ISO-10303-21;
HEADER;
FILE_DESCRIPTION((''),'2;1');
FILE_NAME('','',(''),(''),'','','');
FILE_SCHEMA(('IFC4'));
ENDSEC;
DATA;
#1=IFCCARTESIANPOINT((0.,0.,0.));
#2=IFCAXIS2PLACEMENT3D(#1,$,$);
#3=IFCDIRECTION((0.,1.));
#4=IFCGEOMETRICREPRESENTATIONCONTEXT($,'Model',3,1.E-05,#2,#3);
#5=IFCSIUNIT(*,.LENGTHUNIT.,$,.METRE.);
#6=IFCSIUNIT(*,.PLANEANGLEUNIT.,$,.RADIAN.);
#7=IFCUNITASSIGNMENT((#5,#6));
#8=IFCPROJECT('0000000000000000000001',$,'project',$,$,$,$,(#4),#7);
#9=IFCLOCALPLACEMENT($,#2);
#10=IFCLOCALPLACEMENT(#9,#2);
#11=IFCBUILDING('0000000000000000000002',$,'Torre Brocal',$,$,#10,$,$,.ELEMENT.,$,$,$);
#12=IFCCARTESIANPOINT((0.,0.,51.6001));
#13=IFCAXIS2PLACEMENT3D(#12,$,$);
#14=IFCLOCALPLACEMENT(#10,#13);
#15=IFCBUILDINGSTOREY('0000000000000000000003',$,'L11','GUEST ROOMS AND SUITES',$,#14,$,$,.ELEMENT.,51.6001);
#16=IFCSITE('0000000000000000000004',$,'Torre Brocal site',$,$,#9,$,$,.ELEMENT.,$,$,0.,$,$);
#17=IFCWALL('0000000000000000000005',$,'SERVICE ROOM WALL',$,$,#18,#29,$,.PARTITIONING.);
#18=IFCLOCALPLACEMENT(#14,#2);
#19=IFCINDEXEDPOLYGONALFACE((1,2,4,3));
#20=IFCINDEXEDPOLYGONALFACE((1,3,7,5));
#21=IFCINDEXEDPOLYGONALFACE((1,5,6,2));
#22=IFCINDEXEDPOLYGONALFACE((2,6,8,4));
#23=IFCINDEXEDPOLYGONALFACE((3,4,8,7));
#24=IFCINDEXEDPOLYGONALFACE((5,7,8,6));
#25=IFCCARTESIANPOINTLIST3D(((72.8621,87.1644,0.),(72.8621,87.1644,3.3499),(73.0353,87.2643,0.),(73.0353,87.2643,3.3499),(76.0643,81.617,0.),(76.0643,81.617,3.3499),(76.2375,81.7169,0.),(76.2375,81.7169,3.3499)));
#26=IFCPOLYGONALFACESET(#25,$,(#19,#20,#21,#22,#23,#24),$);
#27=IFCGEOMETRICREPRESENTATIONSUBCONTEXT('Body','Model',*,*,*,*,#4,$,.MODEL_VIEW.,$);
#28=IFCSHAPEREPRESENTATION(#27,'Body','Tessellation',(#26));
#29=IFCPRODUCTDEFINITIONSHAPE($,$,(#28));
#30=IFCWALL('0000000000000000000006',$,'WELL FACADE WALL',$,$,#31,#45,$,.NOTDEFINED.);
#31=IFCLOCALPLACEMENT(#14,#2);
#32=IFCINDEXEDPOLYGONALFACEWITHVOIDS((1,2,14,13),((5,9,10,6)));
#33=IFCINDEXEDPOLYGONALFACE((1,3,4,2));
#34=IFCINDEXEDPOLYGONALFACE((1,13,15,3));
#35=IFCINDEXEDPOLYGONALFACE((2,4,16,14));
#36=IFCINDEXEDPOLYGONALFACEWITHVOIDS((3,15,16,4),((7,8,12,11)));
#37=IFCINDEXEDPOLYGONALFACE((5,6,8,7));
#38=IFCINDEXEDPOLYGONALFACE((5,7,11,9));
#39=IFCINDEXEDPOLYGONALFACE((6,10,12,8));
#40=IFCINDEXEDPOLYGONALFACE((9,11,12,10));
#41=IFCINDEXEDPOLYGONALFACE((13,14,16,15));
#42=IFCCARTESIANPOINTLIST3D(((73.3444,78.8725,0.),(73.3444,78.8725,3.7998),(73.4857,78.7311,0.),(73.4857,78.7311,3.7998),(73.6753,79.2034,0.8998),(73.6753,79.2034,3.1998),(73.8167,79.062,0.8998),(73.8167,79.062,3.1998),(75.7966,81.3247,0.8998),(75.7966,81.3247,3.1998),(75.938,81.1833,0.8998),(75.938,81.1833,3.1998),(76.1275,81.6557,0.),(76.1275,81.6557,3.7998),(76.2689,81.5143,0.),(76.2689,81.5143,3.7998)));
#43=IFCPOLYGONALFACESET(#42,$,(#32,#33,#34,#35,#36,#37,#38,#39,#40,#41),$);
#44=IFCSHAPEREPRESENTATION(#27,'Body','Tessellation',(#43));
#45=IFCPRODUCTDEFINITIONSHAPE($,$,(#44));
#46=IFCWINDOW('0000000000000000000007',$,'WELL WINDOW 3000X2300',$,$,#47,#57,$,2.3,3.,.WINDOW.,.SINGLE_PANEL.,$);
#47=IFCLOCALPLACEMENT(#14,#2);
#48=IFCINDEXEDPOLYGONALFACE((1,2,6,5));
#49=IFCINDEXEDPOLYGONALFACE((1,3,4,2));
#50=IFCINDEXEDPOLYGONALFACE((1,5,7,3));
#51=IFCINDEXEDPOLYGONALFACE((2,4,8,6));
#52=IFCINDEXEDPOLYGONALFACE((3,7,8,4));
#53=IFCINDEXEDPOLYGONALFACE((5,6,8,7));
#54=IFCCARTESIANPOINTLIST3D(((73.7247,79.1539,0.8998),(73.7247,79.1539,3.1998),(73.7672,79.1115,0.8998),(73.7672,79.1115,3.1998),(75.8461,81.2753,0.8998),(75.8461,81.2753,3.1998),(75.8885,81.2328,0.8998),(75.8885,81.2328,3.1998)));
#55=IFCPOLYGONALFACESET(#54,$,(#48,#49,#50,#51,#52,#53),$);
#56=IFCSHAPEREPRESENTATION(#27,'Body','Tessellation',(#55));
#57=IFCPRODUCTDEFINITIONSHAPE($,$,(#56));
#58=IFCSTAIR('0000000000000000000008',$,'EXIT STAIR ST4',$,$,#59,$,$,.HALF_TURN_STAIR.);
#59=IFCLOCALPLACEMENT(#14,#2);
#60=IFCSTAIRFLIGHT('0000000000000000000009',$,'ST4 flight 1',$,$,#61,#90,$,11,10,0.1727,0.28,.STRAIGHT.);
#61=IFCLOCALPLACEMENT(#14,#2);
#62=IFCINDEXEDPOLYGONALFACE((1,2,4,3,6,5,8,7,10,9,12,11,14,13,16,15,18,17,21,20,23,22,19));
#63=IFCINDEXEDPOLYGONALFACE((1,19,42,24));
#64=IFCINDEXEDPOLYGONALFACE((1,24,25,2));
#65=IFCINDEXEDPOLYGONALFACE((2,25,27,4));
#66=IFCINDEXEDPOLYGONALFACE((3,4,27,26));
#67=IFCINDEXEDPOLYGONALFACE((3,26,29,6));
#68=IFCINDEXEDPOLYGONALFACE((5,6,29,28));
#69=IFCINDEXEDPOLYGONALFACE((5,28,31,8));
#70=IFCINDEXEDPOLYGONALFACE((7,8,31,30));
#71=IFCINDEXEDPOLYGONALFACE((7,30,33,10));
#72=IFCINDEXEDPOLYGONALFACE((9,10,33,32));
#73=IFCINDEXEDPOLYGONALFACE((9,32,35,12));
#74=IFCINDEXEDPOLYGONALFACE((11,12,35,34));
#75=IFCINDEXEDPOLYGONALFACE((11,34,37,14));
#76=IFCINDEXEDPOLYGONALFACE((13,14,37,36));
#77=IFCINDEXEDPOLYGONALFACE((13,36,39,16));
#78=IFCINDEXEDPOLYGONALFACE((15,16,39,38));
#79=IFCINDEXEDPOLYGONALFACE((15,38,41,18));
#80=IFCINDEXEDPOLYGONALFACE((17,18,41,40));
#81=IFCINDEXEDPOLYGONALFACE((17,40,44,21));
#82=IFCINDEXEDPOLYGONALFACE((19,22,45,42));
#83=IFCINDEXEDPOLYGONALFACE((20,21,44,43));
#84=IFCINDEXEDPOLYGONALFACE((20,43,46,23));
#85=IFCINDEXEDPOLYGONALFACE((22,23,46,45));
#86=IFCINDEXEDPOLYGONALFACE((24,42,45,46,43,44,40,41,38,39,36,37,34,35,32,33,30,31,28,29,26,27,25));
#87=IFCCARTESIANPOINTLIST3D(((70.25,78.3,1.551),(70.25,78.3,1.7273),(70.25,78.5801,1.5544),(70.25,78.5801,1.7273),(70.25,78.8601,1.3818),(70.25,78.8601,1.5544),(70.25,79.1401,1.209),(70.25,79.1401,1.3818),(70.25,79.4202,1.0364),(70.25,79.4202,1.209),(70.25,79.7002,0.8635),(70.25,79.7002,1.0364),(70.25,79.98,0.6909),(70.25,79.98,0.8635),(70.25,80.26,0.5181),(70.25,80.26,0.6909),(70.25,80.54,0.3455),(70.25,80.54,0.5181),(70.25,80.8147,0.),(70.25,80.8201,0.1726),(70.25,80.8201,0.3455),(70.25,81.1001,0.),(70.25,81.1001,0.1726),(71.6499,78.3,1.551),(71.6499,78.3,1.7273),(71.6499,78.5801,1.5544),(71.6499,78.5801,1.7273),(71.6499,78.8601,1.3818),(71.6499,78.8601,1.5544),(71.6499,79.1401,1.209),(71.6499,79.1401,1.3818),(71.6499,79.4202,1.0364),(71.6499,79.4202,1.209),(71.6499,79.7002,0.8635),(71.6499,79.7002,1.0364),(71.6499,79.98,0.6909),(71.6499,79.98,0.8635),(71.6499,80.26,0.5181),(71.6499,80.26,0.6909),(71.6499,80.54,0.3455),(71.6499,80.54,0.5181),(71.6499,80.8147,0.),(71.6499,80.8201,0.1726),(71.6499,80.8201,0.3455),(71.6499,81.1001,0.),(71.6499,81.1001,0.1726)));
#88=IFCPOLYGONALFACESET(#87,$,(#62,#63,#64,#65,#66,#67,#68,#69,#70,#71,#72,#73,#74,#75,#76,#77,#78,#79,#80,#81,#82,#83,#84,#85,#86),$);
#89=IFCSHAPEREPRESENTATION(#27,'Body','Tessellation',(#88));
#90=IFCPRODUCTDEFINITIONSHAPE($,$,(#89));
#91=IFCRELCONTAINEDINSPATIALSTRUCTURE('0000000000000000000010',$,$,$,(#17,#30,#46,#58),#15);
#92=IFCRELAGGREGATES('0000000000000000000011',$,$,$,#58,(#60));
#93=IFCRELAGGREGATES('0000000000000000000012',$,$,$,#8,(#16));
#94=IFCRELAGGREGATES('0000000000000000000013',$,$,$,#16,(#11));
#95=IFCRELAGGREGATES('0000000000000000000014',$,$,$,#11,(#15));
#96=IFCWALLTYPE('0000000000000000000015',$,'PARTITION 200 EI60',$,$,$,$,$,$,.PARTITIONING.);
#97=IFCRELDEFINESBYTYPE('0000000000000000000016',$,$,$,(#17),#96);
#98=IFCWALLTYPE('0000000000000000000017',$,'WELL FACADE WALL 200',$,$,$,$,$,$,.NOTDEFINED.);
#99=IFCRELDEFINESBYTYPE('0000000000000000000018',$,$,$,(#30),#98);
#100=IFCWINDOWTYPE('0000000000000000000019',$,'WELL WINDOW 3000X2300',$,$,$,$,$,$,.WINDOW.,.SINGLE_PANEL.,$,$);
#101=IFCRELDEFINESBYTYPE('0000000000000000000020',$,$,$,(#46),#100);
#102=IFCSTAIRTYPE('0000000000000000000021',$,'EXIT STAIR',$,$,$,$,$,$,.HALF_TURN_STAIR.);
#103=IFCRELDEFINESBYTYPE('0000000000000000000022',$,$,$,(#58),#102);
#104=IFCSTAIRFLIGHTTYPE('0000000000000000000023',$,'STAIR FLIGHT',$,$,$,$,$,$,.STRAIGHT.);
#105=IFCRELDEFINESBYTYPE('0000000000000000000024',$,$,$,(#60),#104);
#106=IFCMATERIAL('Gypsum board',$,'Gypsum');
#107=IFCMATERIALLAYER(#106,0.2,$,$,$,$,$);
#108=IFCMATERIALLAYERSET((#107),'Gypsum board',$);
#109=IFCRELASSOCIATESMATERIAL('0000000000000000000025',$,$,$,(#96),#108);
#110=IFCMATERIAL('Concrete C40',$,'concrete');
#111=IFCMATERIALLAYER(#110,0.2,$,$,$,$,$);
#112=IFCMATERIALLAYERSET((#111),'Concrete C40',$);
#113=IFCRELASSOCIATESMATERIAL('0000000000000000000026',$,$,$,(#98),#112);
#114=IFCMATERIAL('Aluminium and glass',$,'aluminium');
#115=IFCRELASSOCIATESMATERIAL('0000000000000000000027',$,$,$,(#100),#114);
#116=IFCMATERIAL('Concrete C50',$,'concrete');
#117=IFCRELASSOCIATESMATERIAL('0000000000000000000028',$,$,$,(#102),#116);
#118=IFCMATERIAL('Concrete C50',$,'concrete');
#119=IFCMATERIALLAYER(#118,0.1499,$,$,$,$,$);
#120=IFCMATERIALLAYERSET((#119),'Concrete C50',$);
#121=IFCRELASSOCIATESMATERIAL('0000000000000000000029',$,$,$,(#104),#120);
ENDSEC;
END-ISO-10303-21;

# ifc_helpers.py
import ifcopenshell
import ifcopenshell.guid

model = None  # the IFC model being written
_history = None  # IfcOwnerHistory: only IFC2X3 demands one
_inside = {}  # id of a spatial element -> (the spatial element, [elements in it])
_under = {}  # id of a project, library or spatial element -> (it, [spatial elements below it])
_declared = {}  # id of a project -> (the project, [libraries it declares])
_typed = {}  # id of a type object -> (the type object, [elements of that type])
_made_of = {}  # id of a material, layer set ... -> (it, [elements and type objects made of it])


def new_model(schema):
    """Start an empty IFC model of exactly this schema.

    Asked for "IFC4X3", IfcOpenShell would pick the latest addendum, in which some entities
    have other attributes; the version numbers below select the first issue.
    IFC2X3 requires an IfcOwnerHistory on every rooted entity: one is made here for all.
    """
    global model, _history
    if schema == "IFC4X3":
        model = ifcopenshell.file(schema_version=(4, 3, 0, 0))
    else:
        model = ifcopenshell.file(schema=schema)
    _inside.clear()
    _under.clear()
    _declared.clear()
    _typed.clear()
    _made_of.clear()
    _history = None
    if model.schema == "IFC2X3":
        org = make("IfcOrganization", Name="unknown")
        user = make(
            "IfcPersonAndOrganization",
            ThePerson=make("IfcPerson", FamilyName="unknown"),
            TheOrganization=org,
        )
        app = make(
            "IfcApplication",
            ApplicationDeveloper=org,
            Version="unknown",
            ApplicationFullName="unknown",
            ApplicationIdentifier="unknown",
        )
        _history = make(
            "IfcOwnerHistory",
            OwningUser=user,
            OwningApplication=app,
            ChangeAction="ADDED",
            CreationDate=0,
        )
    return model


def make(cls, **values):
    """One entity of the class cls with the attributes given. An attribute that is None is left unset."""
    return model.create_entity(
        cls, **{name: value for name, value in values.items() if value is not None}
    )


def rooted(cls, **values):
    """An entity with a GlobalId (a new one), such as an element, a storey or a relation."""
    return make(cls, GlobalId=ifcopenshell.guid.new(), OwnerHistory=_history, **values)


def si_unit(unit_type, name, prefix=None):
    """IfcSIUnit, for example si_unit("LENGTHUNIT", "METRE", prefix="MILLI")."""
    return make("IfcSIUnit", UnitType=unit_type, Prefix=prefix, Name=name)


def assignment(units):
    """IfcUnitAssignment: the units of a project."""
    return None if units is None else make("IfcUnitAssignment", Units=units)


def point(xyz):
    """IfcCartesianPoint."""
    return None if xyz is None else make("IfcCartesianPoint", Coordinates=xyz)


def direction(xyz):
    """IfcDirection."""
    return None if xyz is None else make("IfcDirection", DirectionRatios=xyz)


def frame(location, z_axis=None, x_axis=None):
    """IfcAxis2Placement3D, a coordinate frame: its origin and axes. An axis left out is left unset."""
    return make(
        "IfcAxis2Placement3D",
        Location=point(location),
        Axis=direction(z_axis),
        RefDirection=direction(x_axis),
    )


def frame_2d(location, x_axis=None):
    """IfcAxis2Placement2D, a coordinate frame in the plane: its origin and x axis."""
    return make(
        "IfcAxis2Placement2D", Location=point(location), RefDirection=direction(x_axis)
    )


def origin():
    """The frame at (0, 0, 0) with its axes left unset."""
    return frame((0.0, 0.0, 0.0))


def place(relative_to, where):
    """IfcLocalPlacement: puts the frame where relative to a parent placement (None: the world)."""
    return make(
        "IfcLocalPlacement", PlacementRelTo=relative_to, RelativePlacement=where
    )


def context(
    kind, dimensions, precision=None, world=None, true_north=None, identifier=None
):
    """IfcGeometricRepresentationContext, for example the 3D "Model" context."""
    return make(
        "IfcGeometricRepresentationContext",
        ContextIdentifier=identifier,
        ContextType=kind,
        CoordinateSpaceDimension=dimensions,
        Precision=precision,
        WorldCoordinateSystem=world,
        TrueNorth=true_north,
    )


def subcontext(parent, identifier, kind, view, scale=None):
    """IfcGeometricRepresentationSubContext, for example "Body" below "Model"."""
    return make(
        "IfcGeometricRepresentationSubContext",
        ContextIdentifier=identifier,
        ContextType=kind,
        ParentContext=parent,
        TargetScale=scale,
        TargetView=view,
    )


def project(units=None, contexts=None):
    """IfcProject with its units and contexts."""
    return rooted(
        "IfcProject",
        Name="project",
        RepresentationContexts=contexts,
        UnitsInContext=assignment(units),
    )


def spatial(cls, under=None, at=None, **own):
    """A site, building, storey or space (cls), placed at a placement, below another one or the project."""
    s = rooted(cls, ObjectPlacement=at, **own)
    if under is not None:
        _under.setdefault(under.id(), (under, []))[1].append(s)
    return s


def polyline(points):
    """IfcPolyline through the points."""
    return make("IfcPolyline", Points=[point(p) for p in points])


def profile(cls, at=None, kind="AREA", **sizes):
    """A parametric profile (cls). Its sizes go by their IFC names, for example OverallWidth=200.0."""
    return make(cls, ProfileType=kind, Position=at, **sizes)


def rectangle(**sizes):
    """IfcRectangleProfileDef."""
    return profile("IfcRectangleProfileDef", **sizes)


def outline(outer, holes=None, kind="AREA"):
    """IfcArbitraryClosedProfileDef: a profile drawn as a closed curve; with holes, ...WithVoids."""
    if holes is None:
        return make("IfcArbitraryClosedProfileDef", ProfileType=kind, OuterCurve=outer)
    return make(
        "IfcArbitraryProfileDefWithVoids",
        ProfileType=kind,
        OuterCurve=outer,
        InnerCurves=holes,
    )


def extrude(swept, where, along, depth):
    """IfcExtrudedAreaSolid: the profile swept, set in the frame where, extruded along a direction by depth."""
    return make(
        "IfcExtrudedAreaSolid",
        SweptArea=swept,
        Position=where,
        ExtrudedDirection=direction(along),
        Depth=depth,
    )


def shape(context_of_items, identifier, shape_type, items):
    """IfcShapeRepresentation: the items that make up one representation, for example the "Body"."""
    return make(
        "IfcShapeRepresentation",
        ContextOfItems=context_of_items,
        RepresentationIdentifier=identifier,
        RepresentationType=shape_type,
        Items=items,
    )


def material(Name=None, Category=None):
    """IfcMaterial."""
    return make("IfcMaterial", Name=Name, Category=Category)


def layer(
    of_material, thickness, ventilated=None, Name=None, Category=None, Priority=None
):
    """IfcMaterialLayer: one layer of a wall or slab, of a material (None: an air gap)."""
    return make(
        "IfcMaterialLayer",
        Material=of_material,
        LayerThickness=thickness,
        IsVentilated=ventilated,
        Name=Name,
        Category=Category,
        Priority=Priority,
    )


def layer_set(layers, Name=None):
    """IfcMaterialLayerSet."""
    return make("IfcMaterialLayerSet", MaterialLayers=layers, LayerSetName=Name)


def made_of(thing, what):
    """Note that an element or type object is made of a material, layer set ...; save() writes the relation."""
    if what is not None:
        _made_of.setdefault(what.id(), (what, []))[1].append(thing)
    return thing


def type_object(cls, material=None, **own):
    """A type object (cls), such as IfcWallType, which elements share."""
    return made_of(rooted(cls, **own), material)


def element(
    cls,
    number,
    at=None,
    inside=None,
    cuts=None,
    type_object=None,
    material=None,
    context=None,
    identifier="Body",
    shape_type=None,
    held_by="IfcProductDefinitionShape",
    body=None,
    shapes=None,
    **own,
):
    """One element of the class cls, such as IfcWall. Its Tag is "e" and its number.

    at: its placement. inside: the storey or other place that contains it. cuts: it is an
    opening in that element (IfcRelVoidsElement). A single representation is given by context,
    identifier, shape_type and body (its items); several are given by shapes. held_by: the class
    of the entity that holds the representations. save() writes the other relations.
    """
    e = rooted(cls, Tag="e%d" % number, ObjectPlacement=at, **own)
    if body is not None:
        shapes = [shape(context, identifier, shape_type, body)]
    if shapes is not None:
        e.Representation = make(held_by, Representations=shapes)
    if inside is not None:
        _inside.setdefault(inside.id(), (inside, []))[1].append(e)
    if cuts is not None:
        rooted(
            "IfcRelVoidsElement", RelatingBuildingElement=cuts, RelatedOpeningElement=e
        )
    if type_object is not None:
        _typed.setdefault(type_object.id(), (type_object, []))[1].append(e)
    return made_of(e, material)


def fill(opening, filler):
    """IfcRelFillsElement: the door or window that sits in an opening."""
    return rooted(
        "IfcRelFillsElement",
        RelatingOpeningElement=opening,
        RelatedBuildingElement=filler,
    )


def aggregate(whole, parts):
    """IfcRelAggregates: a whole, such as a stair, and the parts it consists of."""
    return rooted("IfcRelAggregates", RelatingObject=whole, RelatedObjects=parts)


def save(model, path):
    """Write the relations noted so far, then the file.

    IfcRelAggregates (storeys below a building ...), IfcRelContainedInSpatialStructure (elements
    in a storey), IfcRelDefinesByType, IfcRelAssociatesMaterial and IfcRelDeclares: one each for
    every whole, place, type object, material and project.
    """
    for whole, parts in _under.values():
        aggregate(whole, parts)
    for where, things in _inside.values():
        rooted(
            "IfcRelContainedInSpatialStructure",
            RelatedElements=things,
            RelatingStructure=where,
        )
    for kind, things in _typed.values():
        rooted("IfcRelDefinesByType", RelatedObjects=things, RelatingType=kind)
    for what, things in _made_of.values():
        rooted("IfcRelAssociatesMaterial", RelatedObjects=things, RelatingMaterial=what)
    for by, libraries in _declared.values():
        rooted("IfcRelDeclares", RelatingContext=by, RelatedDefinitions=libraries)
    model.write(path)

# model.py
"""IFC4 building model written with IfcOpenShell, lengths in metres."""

from ifc_helpers import new_model, si_unit, direction, frame, frame_2d, origin, place, context, subcontext, project, spatial, polyline, rectangle, outline, extrude, material, layer, layer_set, type_object, element, fill, aggregate, save


model = new_model("IFC4")

# Units and contexts
model_context = context("Model", 3, precision=1e-05, world=origin(), true_north=direction((0.0, 1.0)))
body_context = subcontext(model_context, "Body", "Model", "MODEL_VIEW")
ifc_project = project(units=[si_unit("LENGTHUNIT", "METRE"), si_unit("PLANEANGLEUNIT", "RADIAN")], contexts=[model_context])

# Site, building, storey
site_placement = place(None, origin())
site = spatial("IfcSite", under=ifc_project, at=site_placement, Name="Torre Brocal site", CompositionType="ELEMENT", RefElevation=0.0)
building_placement = place(site_placement, origin())
building = spatial("IfcBuilding", under=site, at=building_placement, Name="Torre Brocal", CompositionType="ELEMENT")
storey_placement = place(building_placement, frame((0.0, 0.0, 51.6001)))
storey = spatial("IfcBuildingStorey", under=building, at=storey_placement, Name="L11", Description="GUEST ROOMS AND SUITES", CompositionType="ELEMENT", Elevation=51.6001)

# Shared definitions
ifc_material_1 = material(Name="Gypsum board", Category="Gypsum")
ifc_layer_1 = layer(ifc_material_1, 0.2)
ifc_layer_set_1 = layer_set([ifc_layer_1], Name="Gypsum board")
wall_type_1 = type_object("IfcWallType", Name="PARTITION 200 EI60", PredefinedType="PARTITIONING", material=ifc_layer_set_1)

# Wall
wall_1_placement = place(storey_placement, frame((72.9487, 87.2144, 0.0), z_axis=(0.0, 0.0, 1.0), x_axis=(0.499927, -0.866068, 0.0)))
element("IfcWall", 1, at=wall_1_placement, inside=storey, type_object=wall_type_1, Name="SERVICE ROOM WALL", PredefinedType="PARTITIONING", context=body_context, shape_type="SweptSolid", body=[
    extrude(rectangle(XDim=6.4053, YDim=0.2, at=frame_2d((3.2026, 0.0))), origin(), (0.0, 0.0, 1.0), 3.3499),
])

# Wall, opening, window
ifc_material_2 = material(Name="Concrete C40", Category="concrete")
ifc_layer_2 = layer(ifc_material_2, 0.2)
ifc_layer_set_2 = layer_set([ifc_layer_2], Name="Concrete C40")
wall_type_2 = type_object("IfcWallType", Name="WELL FACADE WALL 200", PredefinedType="NOTDEFINED", material=ifc_layer_set_2)
wall_2_placement = place(storey_placement, frame((76.1982, 81.585, 0.0), z_axis=(0.0, 0.0, 1.0), x_axis=(-0.707107, -0.707107, 0.0)))
wall_2 = element("IfcWall", 2, at=wall_2_placement, inside=storey, type_object=wall_type_2, Name="WELL FACADE WALL", PredefinedType="NOTDEFINED", context=body_context, shape_type="SweptSolid", body=[
    extrude(rectangle(XDim=3.936, YDim=0.2, at=frame_2d((1.968, 0.0))), origin(), (0.0, 0.0, 1.0), 3.7998),
])
opening_1_placement = place(wall_2_placement, frame((0.468, 0.0, 0.8999)))
opening_1 = element("IfcOpeningElement", 3, at=opening_1_placement, cuts=wall_2, PredefinedType="OPENING", context=body_context, shape_type="SweptSolid", body=[
    extrude(rectangle(XDim=3.0, YDim=2.3, at=frame_2d((1.5, 1.1499))), frame((0.0, 0.1099, 0.0), z_axis=(0.0, -1.0, 0.0), x_axis=(1.0, 0.0, 0.0)), (0.0, 0.0, 1.0), 0.22),
])
ifc_material_3 = material(Name="Aluminium and glass", Category="aluminium")
window_type = type_object("IfcWindowType", Name="WELL WINDOW 3000X2300", PartitioningType="SINGLE_PANEL", PredefinedType="WINDOW", material=ifc_material_3)
window_placement = place(opening_1_placement, origin())
window = element("IfcWindow", 4, at=window_placement, inside=storey, type_object=window_type, Name="WELL WINDOW 3000X2300", OverallHeight=2.3, OverallWidth=3.0, PartitioningType="SINGLE_PANEL", PredefinedType="WINDOW", context=body_context, shape_type="SweptSolid", body=[
    extrude(rectangle(XDim=3.0, YDim=2.3, at=frame_2d((1.5, 1.1499))), frame((0.0, 0.03, 0.0), z_axis=(0.0, -1.0, 0.0), x_axis=(1.0, 0.0, 0.0)), (0.0, 0.0, 1.0), 0.0601),
])
fill(opening_1, window)

# Stair, stair flight
ifc_material_4 = material(Name="Concrete C50", Category="concrete")
stair_type = type_object("IfcStairType", Name="EXIT STAIR", PredefinedType="HALF_TURN_STAIR", material=ifc_material_4)
stair_placement = place(storey_placement, origin())
stair = element("IfcStair", 5, at=stair_placement, inside=storey, type_object=stair_type, Name="EXIT STAIR ST4", PredefinedType="HALF_TURN_STAIR")
ifc_material_5 = material(Name="Concrete C50", Category="concrete")
ifc_layer_3 = layer(ifc_material_5, 0.1499)
ifc_layer_set_3 = layer_set([ifc_layer_3], Name="Concrete C50")
stair_flight_type = type_object("IfcStairFlightType", Name="STAIR FLIGHT", PredefinedType="STRAIGHT", material=ifc_layer_set_3)
stair_flight_placement = place(storey_placement, frame((70.95, 81.1001, 0.0), z_axis=(0.0, 0.0, 1.0), x_axis=(0.0, -1.0, 0.0)))
stair_flight = element("IfcStairFlight", 6, at=stair_flight_placement, type_object=stair_flight_type, Name="ST4 flight 1", NumberOfRisers=11, NumberOfTreads=10, PredefinedType="STRAIGHT", RiserHeight=0.1727, TreadLength=0.28, context=body_context, shape_type="SweptSolid", body=[
    extrude(outline(polyline([(0.0, 0.0), (0.0, 0.1726), (0.28, 0.1726), (0.28, 0.3455), (0.5601, 0.3455), (0.5601, 0.5181), (0.8401, 0.5181), (0.8401, 0.6909), (1.1201, 0.6909), (1.1201, 0.8635), (1.3999, 0.8635), (1.3999, 1.0364), (1.6799, 1.0364), (1.6799, 1.209), (1.96, 1.209), (1.96, 1.3818), (2.24, 1.3818), (2.24, 1.5544), (2.52, 1.5544), (2.52, 1.7273), (2.8, 1.7273), (2.8, 1.8999), (2.8, 1.551), (0.2854, 0.0), (0.0, 0.0)])), frame((0.0, 0.7, 0.0), z_axis=(0.0, -1.0, 0.0), x_axis=(1.0, 0.0, 0.0)), (0.0, 0.0, 1.0), 1.3999),
])
aggregate(stair, [stair_flight])

save(model, "model.ifc")
